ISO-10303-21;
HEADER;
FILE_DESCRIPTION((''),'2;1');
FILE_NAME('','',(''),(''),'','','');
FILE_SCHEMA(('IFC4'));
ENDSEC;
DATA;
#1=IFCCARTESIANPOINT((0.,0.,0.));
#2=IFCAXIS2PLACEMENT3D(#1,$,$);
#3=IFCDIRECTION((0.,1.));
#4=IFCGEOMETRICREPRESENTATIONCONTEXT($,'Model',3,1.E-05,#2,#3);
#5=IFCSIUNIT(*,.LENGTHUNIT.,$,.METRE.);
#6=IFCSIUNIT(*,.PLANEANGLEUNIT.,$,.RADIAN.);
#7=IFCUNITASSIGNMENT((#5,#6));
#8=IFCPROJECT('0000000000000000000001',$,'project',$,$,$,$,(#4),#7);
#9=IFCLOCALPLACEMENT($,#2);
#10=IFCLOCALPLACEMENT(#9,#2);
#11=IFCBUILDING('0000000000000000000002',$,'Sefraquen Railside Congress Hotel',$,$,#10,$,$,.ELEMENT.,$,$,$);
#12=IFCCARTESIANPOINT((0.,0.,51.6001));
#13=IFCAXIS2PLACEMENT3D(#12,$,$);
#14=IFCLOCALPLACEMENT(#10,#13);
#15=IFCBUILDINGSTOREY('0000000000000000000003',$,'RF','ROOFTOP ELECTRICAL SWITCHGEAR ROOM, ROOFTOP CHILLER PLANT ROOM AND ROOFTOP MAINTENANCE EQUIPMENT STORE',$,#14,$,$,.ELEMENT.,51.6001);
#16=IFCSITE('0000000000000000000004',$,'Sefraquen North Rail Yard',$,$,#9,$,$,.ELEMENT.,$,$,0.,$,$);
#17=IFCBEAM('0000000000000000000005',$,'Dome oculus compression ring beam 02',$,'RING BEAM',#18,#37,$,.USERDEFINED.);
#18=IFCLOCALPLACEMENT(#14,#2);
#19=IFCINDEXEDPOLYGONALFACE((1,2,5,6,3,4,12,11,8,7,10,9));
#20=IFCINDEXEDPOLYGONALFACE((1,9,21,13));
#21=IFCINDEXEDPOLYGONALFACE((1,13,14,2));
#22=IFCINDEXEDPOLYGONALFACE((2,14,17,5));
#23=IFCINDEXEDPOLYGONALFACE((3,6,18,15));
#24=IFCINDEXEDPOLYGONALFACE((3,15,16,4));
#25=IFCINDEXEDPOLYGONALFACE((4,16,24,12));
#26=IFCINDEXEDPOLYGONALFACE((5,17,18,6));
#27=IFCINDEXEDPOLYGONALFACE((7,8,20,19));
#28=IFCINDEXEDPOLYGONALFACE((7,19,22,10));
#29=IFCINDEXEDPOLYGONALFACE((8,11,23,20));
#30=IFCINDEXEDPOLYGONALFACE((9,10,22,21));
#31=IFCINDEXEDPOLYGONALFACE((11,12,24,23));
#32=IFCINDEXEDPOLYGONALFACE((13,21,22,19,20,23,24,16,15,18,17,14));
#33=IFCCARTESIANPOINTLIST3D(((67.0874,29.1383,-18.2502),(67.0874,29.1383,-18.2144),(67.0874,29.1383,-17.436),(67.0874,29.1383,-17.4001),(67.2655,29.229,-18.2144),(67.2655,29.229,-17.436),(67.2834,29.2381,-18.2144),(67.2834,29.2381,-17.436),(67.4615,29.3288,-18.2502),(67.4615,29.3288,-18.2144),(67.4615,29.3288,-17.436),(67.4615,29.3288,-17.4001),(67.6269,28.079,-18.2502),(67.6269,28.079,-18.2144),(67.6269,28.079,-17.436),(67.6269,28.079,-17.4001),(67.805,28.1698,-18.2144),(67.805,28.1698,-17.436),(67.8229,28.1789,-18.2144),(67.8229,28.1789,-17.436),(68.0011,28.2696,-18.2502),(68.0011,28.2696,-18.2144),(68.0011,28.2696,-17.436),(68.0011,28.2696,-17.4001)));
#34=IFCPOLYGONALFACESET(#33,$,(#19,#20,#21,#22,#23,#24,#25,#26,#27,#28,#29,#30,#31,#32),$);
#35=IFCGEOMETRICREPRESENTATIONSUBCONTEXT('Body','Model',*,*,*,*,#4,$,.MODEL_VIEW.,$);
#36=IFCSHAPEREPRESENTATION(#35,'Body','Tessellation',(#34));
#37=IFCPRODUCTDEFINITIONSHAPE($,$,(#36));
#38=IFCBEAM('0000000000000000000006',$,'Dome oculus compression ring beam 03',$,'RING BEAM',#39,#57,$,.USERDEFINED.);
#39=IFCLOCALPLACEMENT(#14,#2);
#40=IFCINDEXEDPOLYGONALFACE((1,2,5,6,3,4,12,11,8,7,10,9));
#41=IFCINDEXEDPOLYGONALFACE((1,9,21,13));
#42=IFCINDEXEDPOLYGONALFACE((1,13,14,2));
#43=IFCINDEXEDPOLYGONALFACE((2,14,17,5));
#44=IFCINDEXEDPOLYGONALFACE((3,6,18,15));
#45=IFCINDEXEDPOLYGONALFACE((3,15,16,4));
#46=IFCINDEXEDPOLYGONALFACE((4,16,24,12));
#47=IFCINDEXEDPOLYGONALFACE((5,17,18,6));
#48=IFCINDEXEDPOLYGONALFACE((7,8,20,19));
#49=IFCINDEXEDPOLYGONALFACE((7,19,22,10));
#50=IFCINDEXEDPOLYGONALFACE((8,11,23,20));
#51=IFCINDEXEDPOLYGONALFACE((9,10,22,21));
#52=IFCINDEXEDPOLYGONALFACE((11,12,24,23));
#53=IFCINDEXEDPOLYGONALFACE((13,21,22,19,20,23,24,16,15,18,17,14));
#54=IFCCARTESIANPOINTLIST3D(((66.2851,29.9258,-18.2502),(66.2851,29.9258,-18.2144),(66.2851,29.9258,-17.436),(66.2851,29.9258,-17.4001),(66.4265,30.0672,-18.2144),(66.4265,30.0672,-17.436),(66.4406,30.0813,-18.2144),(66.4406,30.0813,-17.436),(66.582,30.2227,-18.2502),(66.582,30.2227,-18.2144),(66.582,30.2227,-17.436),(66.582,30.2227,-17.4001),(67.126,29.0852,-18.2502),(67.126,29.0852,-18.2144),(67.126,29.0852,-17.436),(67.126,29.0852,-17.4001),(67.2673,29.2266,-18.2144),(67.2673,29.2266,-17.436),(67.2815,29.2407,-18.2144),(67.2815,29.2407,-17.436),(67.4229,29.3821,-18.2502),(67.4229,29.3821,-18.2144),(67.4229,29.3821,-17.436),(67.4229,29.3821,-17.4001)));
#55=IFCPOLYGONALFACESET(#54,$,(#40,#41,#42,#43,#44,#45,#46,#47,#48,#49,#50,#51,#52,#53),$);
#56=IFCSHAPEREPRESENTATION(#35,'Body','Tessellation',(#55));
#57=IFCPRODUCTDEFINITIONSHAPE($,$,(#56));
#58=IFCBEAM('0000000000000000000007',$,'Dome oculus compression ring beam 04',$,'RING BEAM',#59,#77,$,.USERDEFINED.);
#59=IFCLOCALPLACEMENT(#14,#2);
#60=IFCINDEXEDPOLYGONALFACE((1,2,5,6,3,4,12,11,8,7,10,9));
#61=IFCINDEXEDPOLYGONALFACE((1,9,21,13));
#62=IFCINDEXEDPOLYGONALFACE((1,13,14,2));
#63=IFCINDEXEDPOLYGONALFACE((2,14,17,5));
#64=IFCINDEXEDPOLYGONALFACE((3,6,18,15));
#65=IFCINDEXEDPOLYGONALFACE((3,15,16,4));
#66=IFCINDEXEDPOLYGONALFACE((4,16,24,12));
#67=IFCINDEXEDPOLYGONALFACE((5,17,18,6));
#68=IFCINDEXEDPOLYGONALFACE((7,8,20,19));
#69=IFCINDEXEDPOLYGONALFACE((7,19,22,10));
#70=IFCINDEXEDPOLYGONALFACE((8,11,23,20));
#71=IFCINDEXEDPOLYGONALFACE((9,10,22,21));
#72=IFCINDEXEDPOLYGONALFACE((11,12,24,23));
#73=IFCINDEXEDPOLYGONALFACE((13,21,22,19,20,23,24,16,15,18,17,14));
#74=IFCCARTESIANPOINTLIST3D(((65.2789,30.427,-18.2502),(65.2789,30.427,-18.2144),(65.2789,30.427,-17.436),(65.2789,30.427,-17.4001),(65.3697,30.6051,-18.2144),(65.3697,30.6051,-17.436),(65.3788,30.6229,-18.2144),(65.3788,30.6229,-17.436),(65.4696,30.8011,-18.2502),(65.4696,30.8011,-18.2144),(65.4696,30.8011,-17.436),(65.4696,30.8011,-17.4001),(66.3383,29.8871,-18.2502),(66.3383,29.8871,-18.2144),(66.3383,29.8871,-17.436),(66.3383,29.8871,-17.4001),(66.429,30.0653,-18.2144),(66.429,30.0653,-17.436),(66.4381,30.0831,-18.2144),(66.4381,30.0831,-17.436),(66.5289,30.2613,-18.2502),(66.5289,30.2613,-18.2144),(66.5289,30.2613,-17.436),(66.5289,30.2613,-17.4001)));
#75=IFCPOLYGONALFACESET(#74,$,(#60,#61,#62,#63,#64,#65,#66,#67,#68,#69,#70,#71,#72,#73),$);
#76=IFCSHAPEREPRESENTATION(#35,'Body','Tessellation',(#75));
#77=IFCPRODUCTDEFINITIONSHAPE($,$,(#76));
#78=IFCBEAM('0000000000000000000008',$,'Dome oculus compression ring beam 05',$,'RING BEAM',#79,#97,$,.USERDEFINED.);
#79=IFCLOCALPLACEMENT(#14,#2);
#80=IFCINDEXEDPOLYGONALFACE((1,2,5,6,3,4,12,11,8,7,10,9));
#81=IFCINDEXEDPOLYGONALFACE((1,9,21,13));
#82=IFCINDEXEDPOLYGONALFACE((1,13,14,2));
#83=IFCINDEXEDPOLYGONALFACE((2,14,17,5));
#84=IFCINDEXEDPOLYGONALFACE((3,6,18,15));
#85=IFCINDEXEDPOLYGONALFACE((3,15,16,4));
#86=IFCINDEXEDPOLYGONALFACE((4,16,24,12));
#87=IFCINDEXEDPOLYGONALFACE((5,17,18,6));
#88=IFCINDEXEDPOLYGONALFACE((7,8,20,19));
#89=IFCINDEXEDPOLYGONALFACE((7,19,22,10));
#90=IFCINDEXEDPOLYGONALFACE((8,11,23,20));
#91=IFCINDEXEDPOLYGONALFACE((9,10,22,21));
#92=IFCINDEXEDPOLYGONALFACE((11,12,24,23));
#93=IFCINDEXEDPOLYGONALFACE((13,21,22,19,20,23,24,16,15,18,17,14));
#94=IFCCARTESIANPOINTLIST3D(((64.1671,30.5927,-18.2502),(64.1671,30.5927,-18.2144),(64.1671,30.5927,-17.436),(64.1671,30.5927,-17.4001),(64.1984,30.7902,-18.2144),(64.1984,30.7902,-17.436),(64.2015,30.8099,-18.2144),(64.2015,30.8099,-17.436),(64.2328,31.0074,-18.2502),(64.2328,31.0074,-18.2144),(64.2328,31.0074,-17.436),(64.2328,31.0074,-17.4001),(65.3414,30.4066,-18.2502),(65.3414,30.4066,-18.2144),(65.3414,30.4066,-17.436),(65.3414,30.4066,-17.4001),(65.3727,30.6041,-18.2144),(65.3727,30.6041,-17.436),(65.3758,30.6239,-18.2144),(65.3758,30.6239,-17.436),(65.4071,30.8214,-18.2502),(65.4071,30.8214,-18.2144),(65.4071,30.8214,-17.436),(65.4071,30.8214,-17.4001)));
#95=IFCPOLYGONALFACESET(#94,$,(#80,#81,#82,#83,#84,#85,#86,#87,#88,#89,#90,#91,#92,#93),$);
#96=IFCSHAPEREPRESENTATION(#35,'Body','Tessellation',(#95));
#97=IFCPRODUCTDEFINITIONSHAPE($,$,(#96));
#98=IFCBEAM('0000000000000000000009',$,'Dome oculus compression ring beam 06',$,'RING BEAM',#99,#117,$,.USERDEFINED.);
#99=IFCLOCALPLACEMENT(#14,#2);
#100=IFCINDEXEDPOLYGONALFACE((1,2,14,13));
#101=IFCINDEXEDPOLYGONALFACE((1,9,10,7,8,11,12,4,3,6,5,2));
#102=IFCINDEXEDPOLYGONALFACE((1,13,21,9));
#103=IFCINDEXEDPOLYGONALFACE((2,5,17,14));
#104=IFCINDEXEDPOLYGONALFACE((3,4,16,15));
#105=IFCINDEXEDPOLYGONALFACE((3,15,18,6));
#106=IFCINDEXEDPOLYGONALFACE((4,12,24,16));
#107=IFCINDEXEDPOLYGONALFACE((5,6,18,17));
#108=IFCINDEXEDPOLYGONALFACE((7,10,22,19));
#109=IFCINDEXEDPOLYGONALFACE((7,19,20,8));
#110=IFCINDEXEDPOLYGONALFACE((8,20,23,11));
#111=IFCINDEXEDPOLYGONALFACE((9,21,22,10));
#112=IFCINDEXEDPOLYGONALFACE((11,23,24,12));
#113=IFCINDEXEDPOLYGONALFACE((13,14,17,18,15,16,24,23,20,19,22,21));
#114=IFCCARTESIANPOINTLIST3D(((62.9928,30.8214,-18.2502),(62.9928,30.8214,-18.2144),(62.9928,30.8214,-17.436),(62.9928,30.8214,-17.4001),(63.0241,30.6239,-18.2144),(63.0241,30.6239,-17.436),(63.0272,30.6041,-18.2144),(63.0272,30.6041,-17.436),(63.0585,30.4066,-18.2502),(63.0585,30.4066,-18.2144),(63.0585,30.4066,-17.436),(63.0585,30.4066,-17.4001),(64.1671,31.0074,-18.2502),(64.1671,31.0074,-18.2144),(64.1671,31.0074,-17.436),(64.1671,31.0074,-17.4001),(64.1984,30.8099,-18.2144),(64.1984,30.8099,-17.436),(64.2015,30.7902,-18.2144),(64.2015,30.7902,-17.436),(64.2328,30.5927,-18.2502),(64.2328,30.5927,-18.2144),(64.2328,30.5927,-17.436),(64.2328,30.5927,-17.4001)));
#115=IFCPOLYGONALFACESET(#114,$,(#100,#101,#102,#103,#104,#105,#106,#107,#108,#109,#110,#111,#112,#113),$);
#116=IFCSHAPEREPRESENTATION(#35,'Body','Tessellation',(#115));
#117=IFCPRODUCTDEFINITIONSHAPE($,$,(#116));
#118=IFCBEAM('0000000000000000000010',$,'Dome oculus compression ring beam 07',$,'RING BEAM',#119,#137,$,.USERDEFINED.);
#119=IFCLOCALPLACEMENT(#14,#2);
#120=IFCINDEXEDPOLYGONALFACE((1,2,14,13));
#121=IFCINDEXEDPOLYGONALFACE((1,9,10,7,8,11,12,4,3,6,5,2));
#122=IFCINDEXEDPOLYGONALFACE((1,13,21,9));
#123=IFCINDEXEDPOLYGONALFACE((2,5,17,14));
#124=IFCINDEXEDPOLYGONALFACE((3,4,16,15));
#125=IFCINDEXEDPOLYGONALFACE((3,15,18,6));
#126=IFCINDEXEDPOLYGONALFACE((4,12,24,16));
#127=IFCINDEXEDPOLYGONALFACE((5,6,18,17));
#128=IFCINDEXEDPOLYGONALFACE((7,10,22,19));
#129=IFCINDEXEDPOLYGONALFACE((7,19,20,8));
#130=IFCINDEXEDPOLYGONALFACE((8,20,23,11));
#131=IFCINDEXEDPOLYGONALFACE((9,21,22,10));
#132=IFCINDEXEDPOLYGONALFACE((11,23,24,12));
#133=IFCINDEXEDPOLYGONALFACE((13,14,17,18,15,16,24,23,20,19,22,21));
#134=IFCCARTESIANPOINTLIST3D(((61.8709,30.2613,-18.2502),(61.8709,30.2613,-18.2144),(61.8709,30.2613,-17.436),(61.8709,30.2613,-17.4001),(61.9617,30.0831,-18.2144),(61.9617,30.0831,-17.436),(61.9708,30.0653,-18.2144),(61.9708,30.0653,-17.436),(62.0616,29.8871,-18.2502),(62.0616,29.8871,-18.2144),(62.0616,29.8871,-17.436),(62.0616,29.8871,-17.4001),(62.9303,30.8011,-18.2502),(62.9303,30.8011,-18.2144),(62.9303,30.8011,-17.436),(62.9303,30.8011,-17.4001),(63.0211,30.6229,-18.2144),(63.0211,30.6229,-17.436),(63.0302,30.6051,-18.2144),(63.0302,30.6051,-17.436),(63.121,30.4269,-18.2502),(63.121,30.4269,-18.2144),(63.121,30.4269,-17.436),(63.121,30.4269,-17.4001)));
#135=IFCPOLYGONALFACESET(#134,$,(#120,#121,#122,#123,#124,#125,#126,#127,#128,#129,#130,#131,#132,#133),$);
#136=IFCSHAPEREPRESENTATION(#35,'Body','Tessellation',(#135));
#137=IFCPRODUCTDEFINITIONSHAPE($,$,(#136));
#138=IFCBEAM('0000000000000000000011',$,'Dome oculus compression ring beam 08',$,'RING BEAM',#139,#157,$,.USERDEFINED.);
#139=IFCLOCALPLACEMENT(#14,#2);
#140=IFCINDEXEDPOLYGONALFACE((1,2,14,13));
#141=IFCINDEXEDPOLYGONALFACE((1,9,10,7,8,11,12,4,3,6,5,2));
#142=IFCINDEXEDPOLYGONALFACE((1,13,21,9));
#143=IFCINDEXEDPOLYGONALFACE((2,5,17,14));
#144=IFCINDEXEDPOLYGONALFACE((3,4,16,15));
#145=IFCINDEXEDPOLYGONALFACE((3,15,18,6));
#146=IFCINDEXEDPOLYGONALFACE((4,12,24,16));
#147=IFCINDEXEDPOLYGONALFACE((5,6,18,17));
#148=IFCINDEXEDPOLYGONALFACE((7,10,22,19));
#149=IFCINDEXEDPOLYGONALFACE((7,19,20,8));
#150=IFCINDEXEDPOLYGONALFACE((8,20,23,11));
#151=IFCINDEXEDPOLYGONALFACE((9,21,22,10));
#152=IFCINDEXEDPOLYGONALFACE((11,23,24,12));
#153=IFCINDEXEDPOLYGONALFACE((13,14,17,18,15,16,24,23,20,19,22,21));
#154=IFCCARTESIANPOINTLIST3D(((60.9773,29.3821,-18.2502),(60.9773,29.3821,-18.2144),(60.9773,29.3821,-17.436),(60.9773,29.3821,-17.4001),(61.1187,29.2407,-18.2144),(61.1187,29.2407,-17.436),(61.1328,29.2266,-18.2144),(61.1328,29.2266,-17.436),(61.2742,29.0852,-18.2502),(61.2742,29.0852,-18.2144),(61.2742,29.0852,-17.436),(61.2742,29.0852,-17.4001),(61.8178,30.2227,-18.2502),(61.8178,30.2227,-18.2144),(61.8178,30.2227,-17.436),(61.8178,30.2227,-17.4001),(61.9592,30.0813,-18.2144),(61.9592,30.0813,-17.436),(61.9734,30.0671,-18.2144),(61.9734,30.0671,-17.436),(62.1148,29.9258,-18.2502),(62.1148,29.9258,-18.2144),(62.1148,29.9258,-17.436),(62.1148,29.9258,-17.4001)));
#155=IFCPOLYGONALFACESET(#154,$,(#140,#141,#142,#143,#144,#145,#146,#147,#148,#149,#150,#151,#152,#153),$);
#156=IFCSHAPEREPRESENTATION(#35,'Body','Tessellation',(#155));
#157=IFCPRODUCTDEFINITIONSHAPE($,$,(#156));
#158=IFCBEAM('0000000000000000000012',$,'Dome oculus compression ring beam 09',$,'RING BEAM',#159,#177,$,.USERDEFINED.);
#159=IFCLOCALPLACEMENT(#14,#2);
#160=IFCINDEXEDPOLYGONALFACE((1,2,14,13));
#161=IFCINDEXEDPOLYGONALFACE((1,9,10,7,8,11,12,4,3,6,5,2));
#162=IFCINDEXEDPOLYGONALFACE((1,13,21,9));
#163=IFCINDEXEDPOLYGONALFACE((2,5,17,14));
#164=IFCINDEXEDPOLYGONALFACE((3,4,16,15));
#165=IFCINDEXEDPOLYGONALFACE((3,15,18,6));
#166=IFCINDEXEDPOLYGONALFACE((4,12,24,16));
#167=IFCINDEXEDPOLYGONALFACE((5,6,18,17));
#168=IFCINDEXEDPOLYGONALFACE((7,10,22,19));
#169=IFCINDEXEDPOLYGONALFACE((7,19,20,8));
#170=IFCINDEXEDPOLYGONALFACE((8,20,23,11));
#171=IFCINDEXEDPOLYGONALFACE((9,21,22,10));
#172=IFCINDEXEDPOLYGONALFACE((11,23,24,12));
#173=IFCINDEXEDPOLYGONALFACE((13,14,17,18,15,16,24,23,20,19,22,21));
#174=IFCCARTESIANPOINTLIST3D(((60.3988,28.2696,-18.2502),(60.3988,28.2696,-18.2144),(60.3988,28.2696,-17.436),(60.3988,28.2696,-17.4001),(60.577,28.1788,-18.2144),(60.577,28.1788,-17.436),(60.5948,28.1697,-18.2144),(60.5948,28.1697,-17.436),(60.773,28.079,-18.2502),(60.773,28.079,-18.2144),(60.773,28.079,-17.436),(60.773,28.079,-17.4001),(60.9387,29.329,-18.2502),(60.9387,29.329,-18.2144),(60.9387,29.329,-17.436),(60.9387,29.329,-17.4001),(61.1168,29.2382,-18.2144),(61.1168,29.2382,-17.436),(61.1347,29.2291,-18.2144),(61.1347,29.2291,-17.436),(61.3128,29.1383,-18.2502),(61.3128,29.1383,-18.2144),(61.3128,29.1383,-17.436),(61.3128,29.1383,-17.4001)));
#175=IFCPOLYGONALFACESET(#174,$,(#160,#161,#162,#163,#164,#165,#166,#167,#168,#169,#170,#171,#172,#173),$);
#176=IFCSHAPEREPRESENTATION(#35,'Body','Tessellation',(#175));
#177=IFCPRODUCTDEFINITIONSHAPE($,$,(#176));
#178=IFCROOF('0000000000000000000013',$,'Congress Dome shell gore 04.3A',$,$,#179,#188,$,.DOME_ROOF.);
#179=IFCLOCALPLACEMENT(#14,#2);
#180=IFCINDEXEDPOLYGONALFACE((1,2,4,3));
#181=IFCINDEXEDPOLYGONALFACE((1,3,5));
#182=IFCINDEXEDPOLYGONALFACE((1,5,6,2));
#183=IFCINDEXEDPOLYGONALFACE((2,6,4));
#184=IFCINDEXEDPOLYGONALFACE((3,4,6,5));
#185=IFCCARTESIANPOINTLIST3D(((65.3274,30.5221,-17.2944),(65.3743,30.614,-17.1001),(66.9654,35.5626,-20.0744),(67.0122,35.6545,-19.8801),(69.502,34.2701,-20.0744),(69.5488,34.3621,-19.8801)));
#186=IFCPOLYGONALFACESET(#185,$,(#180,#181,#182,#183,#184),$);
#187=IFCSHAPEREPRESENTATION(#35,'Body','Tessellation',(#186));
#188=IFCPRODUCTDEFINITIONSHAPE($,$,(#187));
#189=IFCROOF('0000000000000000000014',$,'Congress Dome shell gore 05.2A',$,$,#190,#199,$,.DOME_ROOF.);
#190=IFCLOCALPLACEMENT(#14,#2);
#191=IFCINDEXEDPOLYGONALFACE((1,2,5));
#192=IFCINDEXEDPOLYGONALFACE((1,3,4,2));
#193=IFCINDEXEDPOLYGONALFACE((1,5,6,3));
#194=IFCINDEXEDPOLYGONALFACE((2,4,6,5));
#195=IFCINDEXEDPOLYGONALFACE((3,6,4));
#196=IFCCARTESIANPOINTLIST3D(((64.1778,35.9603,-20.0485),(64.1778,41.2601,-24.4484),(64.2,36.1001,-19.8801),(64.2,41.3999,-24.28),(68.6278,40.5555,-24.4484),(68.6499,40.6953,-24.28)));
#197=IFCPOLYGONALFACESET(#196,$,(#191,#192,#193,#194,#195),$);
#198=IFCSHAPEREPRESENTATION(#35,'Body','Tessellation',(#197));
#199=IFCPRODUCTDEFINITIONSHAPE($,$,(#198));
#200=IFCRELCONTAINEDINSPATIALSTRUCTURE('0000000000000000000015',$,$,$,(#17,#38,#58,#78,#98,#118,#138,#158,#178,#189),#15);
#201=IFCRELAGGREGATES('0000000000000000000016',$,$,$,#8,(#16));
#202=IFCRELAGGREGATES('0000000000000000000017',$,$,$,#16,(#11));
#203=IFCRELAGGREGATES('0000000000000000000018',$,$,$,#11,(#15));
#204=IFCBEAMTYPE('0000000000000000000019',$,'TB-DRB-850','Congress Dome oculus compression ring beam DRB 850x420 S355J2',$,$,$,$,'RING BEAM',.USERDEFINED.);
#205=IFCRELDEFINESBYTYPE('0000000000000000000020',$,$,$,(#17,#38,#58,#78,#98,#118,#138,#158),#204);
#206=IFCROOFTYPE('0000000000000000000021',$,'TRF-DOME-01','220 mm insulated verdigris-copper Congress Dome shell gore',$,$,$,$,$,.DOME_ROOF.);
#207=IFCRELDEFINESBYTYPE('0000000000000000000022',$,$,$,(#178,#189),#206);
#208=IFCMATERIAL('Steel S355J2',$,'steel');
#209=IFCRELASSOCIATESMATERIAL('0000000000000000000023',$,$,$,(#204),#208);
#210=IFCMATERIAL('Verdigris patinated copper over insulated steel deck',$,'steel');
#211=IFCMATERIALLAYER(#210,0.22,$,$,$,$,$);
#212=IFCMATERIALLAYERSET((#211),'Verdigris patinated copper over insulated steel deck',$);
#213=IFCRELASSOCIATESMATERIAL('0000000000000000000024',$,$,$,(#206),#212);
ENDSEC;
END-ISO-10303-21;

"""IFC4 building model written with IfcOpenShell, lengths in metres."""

from ifc_helpers import new_model, si_unit, direction, frame, origin, origin_2d, place, context, subcontext, project, spatial, polyline, i_section, outline, extrude, material, layer, layer_set, material_profile, profile_set, type_object, element, save


model = new_model("IFC4")

# Units and contexts
model_context = context("Model", 3, precision=1e-05, world=origin(), true_north=direction((0.0, 1.0)))
body_context = subcontext(model_context, "Body", "Model", "MODEL_VIEW")
ifc_project = project(units=[si_unit("LENGTHUNIT", "METRE"), si_unit("PLANEANGLEUNIT", "RADIAN")], contexts=[model_context])

# Site, building, storey
site_placement = place(None, origin())
site = spatial("IfcSite", under=ifc_project, at=site_placement, Name="Sefraquen North Rail Yard", CompositionType="ELEMENT", RefElevation=0.0)
building_placement = place(site_placement, origin())
building = spatial("IfcBuilding", under=site, at=building_placement, Name="Sefraquen Railside Congress Hotel", CompositionType="ELEMENT")
storey_placement = place(building_placement, frame((0.0, 0.0, 51.6001)))
storey = spatial("IfcBuildingStorey", under=building, at=storey_placement, Name="RF", Description="ROOFTOP ELECTRICAL SWITCHGEAR ROOM, ROOFTOP CHILLER PLANT ROOM AND ROOFTOP MAINTENANCE EQUIPMENT STORE", CompositionType="ELEMENT", Elevation=51.6001)

# Beams
ifc_material_1 = material(Name="Steel S355J2", Category="steel")
ifc_material_profile = material_profile(ifc_material_1, i_section(OverallWidth=0.4199, OverallDepth=0.8501, WebThickness=0.02, FlangeThickness=0.0359, at=origin_2d()), Name="DRB 850x420")
ifc_profile_set = profile_set([ifc_material_profile], Name="Steel S355J2")
beam_type = type_object("IfcBeamType", Name="TB-DRB-850", Description="Congress Dome oculus compression ring beam DRB 850x420 S355J2", ElementType="RING BEAM", PredefinedType="USERDEFINED", material=ifc_profile_set)
beam_1_placement = place(storey_placement, frame((67.814, 28.1743, -17.8252), z_axis=(-0.453855, 0.891076, 0.0), x_axis=(-0.891076, -0.453855, 0.0)))
element("IfcBeam", 1, at=beam_1_placement, inside=storey, type_object=beam_type, Name="Dome oculus compression ring beam 02", ObjectType="RING BEAM", PredefinedType="USERDEFINED", context=body_context, shape_type="SweptSolid", body=[
    extrude(i_section(OverallWidth=0.4199, OverallDepth=0.8501, WebThickness=0.02, FlangeThickness=0.0359, at=origin_2d()), origin(), (0.0, 0.0, 1.0), 1.1887),
])
for number, where, z_axis, x_axis, name in (
    (2, (67.2744, 29.2336, -17.8252), (-0.707209, 0.707004, 0.0), (-0.707004, -0.707209, 0.0), "Dome oculus compression ring beam 03"),
    (3, (66.4336, 30.0742, -17.8252), (-0.890992, 0.454018, 0.0), (-0.454018, -0.890992, 0.0), "Dome oculus compression ring beam 04"),
    (4, (65.3743, 30.614, -17.8252), (-0.987683, 0.156469, 0.0), (-0.156469, -0.987683, 0.0), "Dome oculus compression ring beam 05"),
    (5, (64.2, 30.8, -17.8252), (-0.987683, -0.156469, 0.0), (0.156469, -0.987683, 0.0), "Dome oculus compression ring beam 06"),
    (6, (63.0256, 30.614, -17.8252), (-0.890992, -0.454018, 0.0), (0.454018, -0.890992, 0.0), "Dome oculus compression ring beam 07"),
):
    element("IfcBeam", number, at=place(storey_placement, frame(where, z_axis=z_axis, x_axis=x_axis)), inside=storey, type_object=beam_type, Name=name, ObjectType="RING BEAM", PredefinedType="USERDEFINED", context=body_context, shape_type="SweptSolid", body=[
        extrude(i_section(OverallWidth=0.4199, OverallDepth=0.8501, WebThickness=0.02, FlangeThickness=0.0359, at=origin_2d()), origin(), (0.0, 0.0, 1.0), 1.189),
    ])
beam_2_placement = place(storey_placement, frame((61.9663, 30.0742, -17.8252), z_axis=(-0.707107, -0.707107, 0.0), x_axis=(0.707107, -0.707107, 0.0)))
element("IfcBeam", 7, at=beam_2_placement, inside=storey, type_object=beam_type, Name="Dome oculus compression ring beam 08", ObjectType="RING BEAM", PredefinedType="USERDEFINED", context=body_context, shape_type="SweptSolid", body=[
    extrude(i_section(OverallWidth=0.4199, OverallDepth=0.8501, WebThickness=0.02, FlangeThickness=0.0359, at=origin_2d()), origin(), (0.0, 0.0, 1.0), 1.1887),
])
beam_3_placement = place(storey_placement, frame((61.1257, 29.2336, -17.8252), z_axis=(-0.454018, -0.890992, 0.0), x_axis=(0.890992, -0.454018, 0.0)))
element("IfcBeam", 8, at=beam_3_placement, inside=storey, type_object=beam_type, Name="Dome oculus compression ring beam 09", ObjectType="RING BEAM", PredefinedType="USERDEFINED", context=body_context, shape_type="SweptSolid", body=[
    extrude(i_section(OverallWidth=0.4199, OverallDepth=0.8501, WebThickness=0.02, FlangeThickness=0.0359, at=origin_2d()), origin(), (0.0, 0.0, 1.0), 1.189),
])

# Roofs
ifc_material_2 = material(Name="Verdigris patinated copper over insulated steel deck", Category="steel")
ifc_layer = layer(ifc_material_2, 0.22)
ifc_layer_set = layer_set([ifc_layer], Name="Verdigris patinated copper over insulated steel deck")
roof_type = type_object("IfcRoofType", Name="TRF-DOME-01", Description="220 mm insulated verdigris-copper Congress Dome shell gore", PredefinedType="DOME_ROOF", material=ifc_layer_set)
roof_1_placement = place(storey_placement, frame((69.5488, 34.3621, -19.8801), z_axis=(0.212937, 0.417911, 0.883181), x_axis=(-0.891005, 0.453993, 0.0)))
element("IfcRoof", 9, at=roof_1_placement, inside=storey, type_object=roof_type, Name="Congress Dome shell gore 04.3A", PredefinedType="DOME_ROOF", context=body_context, shape_type="SweptSolid", body=[
    extrude(outline(polyline([(0.0, 0.0), (2.8469, 0.0), (2.018, 5.9272), (0.0, 0.0)])), origin(), (0.0, 0.0, -1.0), 0.22),
])
roof_2_placement = place(storey_placement, frame((68.6499, 40.6953, -24.28), z_axis=(0.100626, 0.635519, 0.7655), x_axis=(-0.987696, 0.156388, 0.0)))
element("IfcRoof", 10, at=roof_2_placement, inside=storey, type_object=roof_type, Name="Congress Dome shell gore 05.2A", PredefinedType="DOME_ROOF", context=body_context, shape_type="SweptSolid", body=[
    extrude(outline(polyline([(0.0, 0.0), (4.5054, 0.0), (3.6766, 6.8381), (0.0, 0.0)])), origin(), (0.0, 0.0, -1.0), 0.22),
])

save(model, "model.ifc")
